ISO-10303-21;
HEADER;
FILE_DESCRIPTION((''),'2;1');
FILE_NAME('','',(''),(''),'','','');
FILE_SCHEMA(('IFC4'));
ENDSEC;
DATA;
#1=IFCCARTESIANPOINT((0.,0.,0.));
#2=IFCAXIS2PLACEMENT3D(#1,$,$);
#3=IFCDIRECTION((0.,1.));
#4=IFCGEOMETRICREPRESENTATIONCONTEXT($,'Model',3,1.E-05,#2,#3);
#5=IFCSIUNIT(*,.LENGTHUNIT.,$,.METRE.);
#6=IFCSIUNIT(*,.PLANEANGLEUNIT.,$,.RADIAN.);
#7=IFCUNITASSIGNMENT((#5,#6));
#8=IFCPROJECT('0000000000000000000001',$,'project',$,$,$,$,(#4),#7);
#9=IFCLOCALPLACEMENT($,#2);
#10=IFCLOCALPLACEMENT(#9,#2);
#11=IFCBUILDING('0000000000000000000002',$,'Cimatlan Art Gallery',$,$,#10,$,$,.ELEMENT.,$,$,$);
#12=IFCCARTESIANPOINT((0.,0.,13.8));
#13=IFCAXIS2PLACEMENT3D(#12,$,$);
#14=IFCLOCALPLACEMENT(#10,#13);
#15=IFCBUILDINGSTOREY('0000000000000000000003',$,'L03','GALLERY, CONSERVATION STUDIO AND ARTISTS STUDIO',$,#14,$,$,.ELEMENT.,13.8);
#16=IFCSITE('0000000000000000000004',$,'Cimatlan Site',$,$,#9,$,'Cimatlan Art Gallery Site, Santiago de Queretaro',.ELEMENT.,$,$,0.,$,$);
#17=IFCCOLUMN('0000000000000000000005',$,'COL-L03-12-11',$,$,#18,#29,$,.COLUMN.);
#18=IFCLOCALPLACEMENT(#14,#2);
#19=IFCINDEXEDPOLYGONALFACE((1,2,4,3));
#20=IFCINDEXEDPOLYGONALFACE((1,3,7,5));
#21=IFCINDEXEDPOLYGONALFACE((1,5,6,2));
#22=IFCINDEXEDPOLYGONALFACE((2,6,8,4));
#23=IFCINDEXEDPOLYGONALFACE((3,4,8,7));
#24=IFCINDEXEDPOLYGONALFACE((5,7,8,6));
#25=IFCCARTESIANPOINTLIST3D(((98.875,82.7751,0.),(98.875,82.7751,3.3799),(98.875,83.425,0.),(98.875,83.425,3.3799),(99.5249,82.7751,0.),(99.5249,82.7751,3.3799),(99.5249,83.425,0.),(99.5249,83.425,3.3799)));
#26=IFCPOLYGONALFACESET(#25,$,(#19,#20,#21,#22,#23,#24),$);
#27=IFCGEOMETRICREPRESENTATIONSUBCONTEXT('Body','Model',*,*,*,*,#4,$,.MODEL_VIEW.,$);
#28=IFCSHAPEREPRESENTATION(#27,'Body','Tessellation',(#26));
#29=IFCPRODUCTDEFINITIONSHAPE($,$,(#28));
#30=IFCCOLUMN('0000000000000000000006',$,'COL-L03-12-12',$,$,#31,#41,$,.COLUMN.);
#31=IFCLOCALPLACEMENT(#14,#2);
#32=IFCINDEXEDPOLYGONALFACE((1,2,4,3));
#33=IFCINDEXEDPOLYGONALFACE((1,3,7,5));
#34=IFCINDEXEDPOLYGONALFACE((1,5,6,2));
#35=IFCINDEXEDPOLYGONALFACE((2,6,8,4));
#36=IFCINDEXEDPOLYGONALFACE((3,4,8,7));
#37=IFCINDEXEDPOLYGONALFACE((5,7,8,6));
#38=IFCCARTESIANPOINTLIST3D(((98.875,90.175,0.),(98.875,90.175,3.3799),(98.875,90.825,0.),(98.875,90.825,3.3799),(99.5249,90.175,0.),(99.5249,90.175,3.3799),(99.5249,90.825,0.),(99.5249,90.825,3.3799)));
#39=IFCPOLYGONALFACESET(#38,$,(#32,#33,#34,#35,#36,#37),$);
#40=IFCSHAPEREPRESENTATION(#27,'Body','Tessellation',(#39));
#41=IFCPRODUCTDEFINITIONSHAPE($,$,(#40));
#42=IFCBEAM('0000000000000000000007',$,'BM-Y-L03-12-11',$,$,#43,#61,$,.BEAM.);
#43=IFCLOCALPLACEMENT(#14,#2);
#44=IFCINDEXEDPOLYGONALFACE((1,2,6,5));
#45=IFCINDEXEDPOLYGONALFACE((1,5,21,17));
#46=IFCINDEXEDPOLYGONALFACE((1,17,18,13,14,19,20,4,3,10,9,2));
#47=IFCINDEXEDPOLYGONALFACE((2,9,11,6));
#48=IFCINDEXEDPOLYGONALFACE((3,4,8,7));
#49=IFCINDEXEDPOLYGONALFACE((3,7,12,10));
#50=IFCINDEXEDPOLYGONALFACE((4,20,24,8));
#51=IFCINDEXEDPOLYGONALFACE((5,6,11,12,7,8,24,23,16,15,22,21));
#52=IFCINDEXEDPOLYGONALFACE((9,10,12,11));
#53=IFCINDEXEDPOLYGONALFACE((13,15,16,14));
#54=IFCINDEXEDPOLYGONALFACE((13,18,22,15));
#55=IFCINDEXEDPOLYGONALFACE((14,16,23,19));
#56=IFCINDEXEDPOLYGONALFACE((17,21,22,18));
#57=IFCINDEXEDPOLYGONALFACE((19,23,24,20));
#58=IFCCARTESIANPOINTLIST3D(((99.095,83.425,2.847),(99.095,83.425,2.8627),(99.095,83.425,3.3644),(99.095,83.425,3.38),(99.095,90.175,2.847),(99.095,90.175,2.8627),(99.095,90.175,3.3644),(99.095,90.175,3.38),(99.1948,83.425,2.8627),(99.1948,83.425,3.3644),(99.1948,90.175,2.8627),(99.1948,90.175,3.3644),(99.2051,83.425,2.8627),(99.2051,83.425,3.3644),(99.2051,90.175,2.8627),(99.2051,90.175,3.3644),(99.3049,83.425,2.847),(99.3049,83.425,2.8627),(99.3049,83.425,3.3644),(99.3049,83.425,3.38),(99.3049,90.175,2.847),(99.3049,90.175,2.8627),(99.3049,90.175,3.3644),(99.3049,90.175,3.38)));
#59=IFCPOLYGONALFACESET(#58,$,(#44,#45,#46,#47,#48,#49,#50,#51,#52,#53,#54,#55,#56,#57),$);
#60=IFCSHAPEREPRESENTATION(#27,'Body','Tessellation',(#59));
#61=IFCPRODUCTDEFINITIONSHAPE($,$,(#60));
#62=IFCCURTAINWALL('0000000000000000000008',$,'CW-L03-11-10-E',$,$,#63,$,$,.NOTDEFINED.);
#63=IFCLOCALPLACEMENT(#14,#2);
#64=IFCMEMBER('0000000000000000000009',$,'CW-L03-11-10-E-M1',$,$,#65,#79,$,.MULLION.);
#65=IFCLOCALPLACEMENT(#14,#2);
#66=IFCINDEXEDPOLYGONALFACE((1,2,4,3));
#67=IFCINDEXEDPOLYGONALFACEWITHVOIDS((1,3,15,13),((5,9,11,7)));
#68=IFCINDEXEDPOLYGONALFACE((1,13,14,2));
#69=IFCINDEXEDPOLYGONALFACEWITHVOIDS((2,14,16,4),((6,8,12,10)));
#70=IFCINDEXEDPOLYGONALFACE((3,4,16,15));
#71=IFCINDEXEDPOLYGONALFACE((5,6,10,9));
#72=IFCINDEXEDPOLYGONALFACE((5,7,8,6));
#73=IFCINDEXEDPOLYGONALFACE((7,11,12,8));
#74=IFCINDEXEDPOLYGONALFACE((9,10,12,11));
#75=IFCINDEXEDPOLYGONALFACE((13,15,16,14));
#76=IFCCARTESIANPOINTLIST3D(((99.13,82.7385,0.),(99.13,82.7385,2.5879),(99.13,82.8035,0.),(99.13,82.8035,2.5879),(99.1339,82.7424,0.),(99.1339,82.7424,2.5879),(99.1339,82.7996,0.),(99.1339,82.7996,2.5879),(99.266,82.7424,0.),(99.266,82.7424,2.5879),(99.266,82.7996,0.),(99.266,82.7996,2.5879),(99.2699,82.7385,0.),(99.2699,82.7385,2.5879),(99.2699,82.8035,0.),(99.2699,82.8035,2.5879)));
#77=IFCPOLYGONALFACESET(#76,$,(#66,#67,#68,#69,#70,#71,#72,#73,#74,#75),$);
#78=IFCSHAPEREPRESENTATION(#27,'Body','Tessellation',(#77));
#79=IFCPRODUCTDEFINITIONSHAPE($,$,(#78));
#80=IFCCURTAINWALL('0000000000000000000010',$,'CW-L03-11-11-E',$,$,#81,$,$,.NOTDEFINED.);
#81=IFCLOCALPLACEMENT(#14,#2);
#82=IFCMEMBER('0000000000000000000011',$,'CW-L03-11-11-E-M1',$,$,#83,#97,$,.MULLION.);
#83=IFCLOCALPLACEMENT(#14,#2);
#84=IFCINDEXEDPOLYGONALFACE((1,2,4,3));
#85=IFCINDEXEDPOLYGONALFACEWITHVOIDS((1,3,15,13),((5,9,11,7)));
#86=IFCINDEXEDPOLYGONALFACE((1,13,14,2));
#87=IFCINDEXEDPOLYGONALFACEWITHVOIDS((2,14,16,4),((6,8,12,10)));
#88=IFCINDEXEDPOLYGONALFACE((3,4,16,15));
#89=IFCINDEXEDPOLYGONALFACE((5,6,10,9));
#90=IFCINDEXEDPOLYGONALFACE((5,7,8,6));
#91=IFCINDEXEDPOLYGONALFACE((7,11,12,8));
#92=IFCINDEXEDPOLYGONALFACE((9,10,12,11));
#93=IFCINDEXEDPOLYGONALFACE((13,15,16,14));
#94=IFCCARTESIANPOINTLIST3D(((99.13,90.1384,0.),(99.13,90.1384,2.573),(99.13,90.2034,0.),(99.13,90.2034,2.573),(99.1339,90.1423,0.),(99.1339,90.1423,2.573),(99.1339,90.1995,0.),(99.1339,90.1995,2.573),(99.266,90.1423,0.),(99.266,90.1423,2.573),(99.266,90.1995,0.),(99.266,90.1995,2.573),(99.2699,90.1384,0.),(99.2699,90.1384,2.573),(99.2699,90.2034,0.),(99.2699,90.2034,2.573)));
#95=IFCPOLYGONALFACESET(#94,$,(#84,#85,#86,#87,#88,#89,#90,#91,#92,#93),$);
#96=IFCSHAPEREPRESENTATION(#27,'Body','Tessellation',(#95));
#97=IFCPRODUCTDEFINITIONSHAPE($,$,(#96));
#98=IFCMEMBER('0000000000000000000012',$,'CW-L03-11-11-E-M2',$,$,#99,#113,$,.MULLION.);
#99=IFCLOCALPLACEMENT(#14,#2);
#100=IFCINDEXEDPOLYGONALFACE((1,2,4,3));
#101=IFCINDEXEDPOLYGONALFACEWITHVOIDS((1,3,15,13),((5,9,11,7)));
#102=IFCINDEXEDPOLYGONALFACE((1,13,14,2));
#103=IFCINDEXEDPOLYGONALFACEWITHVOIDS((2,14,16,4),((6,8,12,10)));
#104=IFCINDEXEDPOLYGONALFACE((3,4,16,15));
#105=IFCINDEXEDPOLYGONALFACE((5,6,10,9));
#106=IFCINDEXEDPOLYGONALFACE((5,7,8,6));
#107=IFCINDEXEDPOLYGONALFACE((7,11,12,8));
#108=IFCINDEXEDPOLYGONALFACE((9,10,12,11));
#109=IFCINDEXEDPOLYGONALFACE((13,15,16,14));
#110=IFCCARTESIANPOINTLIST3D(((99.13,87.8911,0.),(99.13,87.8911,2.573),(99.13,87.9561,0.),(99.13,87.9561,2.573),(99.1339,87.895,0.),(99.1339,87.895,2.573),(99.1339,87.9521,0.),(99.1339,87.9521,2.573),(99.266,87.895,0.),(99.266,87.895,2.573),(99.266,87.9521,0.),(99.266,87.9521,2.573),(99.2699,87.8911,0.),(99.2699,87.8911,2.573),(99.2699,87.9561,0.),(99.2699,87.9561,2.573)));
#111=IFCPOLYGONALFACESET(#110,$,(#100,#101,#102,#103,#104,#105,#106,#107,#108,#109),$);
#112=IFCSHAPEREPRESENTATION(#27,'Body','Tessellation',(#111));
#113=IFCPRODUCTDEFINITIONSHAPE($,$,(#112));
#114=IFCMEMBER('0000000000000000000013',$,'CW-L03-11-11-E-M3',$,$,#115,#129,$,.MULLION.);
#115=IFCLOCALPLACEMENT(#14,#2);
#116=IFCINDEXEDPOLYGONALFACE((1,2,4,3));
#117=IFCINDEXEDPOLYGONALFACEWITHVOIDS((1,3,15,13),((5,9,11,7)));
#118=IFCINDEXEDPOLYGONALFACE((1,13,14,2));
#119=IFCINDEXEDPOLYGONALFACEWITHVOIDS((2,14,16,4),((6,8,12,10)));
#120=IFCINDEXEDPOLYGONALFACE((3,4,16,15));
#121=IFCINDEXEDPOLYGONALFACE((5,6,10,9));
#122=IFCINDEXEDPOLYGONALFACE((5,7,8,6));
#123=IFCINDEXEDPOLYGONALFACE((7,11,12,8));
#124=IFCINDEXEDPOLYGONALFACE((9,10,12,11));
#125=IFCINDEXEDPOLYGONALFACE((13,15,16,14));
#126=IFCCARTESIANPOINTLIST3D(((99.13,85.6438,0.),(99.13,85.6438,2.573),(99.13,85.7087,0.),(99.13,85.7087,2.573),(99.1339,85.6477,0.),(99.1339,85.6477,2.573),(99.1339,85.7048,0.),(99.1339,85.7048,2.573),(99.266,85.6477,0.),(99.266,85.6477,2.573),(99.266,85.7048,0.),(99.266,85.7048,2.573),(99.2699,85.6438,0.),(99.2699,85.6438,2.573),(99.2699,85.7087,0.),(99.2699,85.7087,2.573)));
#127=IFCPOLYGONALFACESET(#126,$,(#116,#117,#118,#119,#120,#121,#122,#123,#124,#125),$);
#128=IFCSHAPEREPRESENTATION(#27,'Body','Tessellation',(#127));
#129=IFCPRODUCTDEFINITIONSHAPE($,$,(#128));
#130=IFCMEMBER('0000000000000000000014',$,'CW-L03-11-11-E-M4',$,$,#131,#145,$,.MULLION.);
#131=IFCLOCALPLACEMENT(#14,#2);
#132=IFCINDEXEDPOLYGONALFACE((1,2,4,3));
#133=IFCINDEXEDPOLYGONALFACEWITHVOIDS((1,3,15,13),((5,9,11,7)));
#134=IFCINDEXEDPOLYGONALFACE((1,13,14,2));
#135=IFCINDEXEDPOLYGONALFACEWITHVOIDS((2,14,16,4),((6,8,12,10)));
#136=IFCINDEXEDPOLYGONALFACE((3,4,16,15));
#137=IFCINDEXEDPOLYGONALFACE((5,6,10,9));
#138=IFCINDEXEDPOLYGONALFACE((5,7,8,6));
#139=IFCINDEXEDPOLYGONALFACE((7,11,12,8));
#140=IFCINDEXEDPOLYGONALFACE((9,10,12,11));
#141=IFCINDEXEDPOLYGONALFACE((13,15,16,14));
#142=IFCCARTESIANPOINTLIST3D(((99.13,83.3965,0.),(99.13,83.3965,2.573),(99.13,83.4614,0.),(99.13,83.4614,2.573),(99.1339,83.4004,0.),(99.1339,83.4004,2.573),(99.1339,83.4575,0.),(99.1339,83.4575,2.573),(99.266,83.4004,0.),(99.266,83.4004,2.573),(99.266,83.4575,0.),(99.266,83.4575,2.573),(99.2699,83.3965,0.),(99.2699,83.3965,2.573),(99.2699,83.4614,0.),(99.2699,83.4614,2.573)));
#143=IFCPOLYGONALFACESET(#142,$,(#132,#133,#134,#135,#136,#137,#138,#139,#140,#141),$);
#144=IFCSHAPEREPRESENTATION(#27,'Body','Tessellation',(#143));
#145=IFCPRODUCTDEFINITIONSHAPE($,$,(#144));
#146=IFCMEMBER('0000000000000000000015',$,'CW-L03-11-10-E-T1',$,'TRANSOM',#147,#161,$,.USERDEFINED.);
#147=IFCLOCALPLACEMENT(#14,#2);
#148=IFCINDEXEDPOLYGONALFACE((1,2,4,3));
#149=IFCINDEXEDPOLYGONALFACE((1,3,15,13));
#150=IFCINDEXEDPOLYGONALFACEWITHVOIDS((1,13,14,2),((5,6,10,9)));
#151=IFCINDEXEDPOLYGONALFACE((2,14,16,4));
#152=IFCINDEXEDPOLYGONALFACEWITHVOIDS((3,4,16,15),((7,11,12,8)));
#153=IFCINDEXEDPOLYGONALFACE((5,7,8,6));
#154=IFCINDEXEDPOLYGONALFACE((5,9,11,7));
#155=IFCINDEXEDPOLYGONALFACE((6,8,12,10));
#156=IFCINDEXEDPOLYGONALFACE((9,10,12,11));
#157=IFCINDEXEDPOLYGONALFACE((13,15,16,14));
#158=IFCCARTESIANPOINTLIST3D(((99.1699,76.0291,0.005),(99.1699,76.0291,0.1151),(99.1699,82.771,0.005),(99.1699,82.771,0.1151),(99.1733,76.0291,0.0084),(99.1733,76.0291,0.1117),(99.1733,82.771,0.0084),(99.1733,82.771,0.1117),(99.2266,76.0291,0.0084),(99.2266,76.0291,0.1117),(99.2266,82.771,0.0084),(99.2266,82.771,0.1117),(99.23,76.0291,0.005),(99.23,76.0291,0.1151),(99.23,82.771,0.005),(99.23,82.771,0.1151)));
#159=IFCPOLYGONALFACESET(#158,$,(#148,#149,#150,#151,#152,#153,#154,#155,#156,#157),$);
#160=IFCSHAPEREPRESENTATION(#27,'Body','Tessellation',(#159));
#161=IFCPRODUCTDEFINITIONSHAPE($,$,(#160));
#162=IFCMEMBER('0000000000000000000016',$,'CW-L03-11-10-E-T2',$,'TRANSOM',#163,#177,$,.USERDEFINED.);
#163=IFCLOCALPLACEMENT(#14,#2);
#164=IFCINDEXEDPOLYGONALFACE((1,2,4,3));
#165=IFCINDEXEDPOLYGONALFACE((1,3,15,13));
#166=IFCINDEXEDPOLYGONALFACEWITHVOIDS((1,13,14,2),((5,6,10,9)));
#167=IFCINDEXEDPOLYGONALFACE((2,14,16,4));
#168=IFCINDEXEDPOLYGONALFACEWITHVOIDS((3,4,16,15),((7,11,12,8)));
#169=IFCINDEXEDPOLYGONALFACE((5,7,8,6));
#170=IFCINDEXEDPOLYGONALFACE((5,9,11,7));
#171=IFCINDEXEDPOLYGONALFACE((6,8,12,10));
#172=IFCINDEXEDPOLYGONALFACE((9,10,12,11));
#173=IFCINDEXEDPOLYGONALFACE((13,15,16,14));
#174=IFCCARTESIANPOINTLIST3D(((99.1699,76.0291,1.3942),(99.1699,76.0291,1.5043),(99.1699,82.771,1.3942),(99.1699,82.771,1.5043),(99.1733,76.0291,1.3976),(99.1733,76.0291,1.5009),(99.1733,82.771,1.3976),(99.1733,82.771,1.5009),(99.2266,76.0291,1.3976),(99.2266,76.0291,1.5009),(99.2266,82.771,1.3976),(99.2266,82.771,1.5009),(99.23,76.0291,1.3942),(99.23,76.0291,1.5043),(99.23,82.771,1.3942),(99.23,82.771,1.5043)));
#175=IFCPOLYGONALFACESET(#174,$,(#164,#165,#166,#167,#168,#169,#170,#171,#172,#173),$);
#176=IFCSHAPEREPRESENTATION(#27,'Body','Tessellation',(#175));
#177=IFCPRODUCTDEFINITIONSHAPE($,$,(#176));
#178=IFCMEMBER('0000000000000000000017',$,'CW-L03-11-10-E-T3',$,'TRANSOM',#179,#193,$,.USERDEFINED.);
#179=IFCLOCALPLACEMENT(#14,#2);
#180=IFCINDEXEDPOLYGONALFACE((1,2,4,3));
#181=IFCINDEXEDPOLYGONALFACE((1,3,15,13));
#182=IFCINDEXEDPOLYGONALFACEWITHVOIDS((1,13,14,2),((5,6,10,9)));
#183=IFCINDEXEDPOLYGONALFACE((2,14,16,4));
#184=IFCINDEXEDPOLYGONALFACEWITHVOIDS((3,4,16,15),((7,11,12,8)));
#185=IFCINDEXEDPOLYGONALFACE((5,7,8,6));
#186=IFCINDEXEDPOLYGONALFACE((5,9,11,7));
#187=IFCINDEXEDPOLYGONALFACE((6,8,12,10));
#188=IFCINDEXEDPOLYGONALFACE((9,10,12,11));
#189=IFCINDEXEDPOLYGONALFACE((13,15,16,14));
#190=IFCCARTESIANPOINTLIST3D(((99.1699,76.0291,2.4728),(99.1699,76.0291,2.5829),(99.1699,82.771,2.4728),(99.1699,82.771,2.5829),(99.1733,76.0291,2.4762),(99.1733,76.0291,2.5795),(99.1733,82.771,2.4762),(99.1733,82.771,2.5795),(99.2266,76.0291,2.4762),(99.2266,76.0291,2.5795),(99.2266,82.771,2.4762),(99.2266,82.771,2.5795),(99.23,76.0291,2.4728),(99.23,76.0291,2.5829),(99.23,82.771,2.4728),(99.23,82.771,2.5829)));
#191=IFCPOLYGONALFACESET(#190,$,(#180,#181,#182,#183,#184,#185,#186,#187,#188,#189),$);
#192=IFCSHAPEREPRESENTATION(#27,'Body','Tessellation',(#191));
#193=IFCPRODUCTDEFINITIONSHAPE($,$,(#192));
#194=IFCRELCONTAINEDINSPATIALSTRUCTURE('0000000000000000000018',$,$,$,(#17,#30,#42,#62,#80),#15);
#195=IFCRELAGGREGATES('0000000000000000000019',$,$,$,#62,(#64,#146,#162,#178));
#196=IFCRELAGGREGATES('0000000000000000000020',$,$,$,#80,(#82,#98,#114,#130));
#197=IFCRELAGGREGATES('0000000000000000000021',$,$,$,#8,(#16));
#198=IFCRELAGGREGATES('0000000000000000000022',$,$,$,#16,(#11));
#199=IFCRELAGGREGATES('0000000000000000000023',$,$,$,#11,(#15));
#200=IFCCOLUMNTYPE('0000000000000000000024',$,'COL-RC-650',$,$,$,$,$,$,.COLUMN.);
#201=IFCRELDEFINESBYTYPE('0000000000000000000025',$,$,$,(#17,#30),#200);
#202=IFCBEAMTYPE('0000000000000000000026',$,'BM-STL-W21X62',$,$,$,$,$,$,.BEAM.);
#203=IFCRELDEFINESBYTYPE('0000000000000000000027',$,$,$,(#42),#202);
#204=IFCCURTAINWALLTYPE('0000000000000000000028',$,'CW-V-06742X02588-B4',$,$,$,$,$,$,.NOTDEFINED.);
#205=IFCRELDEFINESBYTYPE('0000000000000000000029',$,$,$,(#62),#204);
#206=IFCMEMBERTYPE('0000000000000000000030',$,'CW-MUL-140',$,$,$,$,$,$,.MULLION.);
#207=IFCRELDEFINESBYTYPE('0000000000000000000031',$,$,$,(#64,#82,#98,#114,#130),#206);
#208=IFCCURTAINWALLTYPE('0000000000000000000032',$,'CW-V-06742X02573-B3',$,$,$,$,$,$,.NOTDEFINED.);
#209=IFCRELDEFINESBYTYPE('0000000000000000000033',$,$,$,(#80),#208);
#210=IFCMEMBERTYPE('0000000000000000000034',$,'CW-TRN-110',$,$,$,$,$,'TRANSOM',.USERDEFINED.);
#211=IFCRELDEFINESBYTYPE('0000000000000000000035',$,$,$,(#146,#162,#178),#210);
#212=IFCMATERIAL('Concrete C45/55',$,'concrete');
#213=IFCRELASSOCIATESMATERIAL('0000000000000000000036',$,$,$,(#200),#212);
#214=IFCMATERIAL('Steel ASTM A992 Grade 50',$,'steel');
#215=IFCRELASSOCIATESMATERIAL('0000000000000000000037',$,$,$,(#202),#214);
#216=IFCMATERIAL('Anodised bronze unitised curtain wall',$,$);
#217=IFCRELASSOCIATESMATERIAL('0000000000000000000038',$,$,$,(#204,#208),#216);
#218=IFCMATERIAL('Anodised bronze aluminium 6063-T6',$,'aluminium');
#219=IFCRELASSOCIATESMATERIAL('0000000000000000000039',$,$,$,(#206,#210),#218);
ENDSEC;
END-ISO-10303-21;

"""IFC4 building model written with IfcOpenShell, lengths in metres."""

from ifc_helpers import new_model, si_unit, direction, frame, origin, origin_2d, place, context, subcontext, project, spatial, rectangle, hollow_rectangle, i_section, extrude, material, material_profile, profile_set, type_object, element, aggregate, save


model = new_model("IFC4")

# Units and contexts
model_context = context("Model", 3, precision=1e-05, world=origin(), true_north=direction((0.0, 1.0)))
body_context = subcontext(model_context, "Body", "Model", "MODEL_VIEW")
ifc_project = project(units=[si_unit("LENGTHUNIT", "METRE"), si_unit("PLANEANGLEUNIT", "RADIAN")], contexts=[model_context])

# Site, building, storey
site_placement = place(None, origin())
site = spatial("IfcSite", under=ifc_project, at=site_placement, Name="Cimatlan Site", LongName="Cimatlan Art Gallery Site, Santiago de Queretaro", CompositionType="ELEMENT", RefElevation=0.0)
building_placement = place(site_placement, origin())
building = spatial("IfcBuilding", under=site, at=building_placement, Name="Cimatlan Art Gallery", CompositionType="ELEMENT")
storey_placement = place(building_placement, frame((0.0, 0.0, 13.8)))
storey = spatial("IfcBuildingStorey", under=building, at=storey_placement, Name="L03", Description="GALLERY, CONSERVATION STUDIO AND ARTISTS STUDIO", CompositionType="ELEMENT", Elevation=13.8)

# Columns
ifc_material_1 = material(Name="Concrete C45/55", Category="concrete")
ifc_material_profile_1 = material_profile(ifc_material_1, rectangle(XDim=0.6499, YDim=0.6499, at=origin_2d()), Name="RC650X650")
ifc_profile_set_1 = profile_set([ifc_material_profile_1], Name="Concrete C45/55")
column_type = type_object("IfcColumnType", Name="COL-RC-650", PredefinedType="COLUMN", material=ifc_profile_set_1)
for number, where, z_axis, x_axis, name in (
    (1, (99.2, 83.1001, 0.0), (0.0, 0.0, 1.0), (1.0, 0.0, 0.0), "COL-L03-12-11"),
    (2, (99.2, 90.5, 0.0), (0.0, 0.0, 1.0), (1.0, 0.0, 0.0), "COL-L03-12-12"),
):
    element("IfcColumn", number, at=place(storey_placement, frame(where, z_axis=z_axis, x_axis=x_axis)), inside=storey, type_object=column_type, Name=name, PredefinedType="COLUMN", context=body_context, shape_type="SweptSolid", body=[
        extrude(rectangle(XDim=0.6499, YDim=0.6499, at=origin_2d()), origin(), (0.0, 0.0, 1.0), 3.3799),
    ])

# Beam
ifc_material_2 = material(Name="Steel ASTM A992 Grade 50", Category="steel")
ifc_material_profile_2 = material_profile(ifc_material_2, i_section(OverallWidth=0.21, OverallDepth=0.533, WebThickness=0.0103, FlangeThickness=0.0156, at=origin_2d()), Name="W21X62")
ifc_profile_set_2 = profile_set([ifc_material_profile_2], Name="Steel ASTM A992 Grade 50")
beam_type = type_object("IfcBeamType", Name="BM-STL-W21X62", PredefinedType="BEAM", material=ifc_profile_set_2)
beam_placement = place(storey_placement, frame((99.2, 83.425, 3.1135), z_axis=(0.0, 1.0, 0.0), x_axis=(-1.0, 0.0, 0.0)))
element("IfcBeam", 3, at=beam_placement, inside=storey, type_object=beam_type, Name="BM-Y-L03-12-11", PredefinedType="BEAM", context=body_context, shape_type="SweptSolid", body=[
    extrude(i_section(OverallWidth=0.21, OverallDepth=0.533, WebThickness=0.0103, FlangeThickness=0.0156, at=origin_2d()), origin(), (0.0, 0.0, 1.0), 6.75),
])

# Curtain wall, member
ifc_material_3 = material(Name="Anodised bronze unitised curtain wall")
curtain_wall_type_1 = type_object("IfcCurtainWallType", Name="CW-V-06742X02588-B4", PredefinedType="NOTDEFINED", material=ifc_material_3)
curtain_wall_1_placement = place(storey_placement, origin())
curtain_wall_1 = element("IfcCurtainWall", 4, at=curtain_wall_1_placement, inside=storey, type_object=curtain_wall_type_1, Name="CW-L03-11-10-E", PredefinedType="NOTDEFINED")
ifc_material_4 = material(Name="Anodised bronze aluminium 6063-T6", Category="aluminium")
ifc_material_profile_3 = material_profile(ifc_material_4, hollow_rectangle(XDim=0.0649, YDim=0.1399, WallThickness=0.0039, at=origin_2d()), Name="ALU65X140X4")
ifc_profile_set_3 = profile_set([ifc_material_profile_3], Name="Anodised bronze aluminium 6063-T6")
member_type_1 = type_object("IfcMemberType", Name="CW-MUL-140", PredefinedType="MULLION", material=ifc_profile_set_3)
member_1_placement = place(storey_placement, frame((99.2, 82.771, 0.0), z_axis=(0.0, 0.0, 1.0), x_axis=(0.0, 1.0, 0.0)))
member_1 = element("IfcMember", 5, at=member_1_placement, type_object=member_type_1, Name="CW-L03-11-10-E-M1", PredefinedType="MULLION", context=body_context, shape_type="SweptSolid", body=[
    extrude(hollow_rectangle(XDim=0.0649, YDim=0.1399, WallThickness=0.0039, at=origin_2d()), origin(), (0.0, 0.0, 1.0), 2.5879),
])

# Curtain wall, members
curtain_wall_type_2 = type_object("IfcCurtainWallType", Name="CW-V-06742X02573-B3", PredefinedType="NOTDEFINED", material=ifc_material_3)
curtain_wall_2_placement = place(storey_placement, origin())
curtain_wall_2 = element("IfcCurtainWall", 6, at=curtain_wall_2_placement, inside=storey, type_object=curtain_wall_type_2, Name="CW-L03-11-11-E", PredefinedType="NOTDEFINED")
member_2_placement = place(storey_placement, frame((99.2, 90.1709, 0.0), z_axis=(0.0, 0.0, 1.0), x_axis=(0.0, 1.0, 0.0)))
member_2 = element("IfcMember", 7, at=member_2_placement, type_object=member_type_1, Name="CW-L03-11-11-E-M1", PredefinedType="MULLION", context=body_context, shape_type="SweptSolid", body=[
    extrude(hollow_rectangle(XDim=0.0649, YDim=0.1399, WallThickness=0.0039, at=origin_2d()), origin(), (0.0, 0.0, 1.0), 2.573),
])
member_3_placement = place(storey_placement, frame((99.2, 87.9236, 0.0), z_axis=(0.0, 0.0, 1.0), x_axis=(0.0, 1.0, 0.0)))
member_3 = element("IfcMember", 8, at=member_3_placement, type_object=member_type_1, Name="CW-L03-11-11-E-M2", PredefinedType="MULLION", context=body_context, shape_type="SweptSolid", body=[
    extrude(hollow_rectangle(XDim=0.0649, YDim=0.1399, WallThickness=0.0039, at=origin_2d()), origin(), (0.0, 0.0, 1.0), 2.573),
])
member_4_placement = place(storey_placement, frame((99.2, 85.6763, 0.0), z_axis=(0.0, 0.0, 1.0), x_axis=(0.0, 1.0, 0.0)))
member_4 = element("IfcMember", 9, at=member_4_placement, type_object=member_type_1, Name="CW-L03-11-11-E-M3", PredefinedType="MULLION", context=body_context, shape_type="SweptSolid", body=[
    extrude(hollow_rectangle(XDim=0.0649, YDim=0.1399, WallThickness=0.0039, at=origin_2d()), origin(), (0.0, 0.0, 1.0), 2.573),
])
member_5_placement = place(storey_placement, frame((99.2, 83.429, 0.0), z_axis=(0.0, 0.0, 1.0), x_axis=(0.0, 1.0, 0.0)))
member_5 = element("IfcMember", 10, at=member_5_placement, type_object=member_type_1, Name="CW-L03-11-11-E-M4", PredefinedType="MULLION", context=body_context, shape_type="SweptSolid", body=[
    extrude(hollow_rectangle(XDim=0.0649, YDim=0.1399, WallThickness=0.0039, at=origin_2d()), origin(), (0.0, 0.0, 1.0), 2.573),
])

# Members
ifc_material_profile_4 = material_profile(ifc_material_4, hollow_rectangle(XDim=0.0601, YDim=0.1101, WallThickness=0.0034, at=origin_2d()), Name="ALU60X110X3")
ifc_profile_set_4 = profile_set([ifc_material_profile_4], Name="Anodised bronze aluminium 6063-T6")
member_type_2 = type_object("IfcMemberType", Name="CW-TRN-110", ElementType="TRANSOM", PredefinedType="USERDEFINED", material=ifc_profile_set_4)
member_6_placement = place(storey_placement, frame((99.2, 82.771, 0.0601), z_axis=(0.0, -1.0, 0.0), x_axis=(1.0, 0.0, 0.0)))
member_6 = element("IfcMember", 11, at=member_6_placement, type_object=member_type_2, Name="CW-L03-11-10-E-T1", ObjectType="TRANSOM", PredefinedType="USERDEFINED", context=body_context, shape_type="SweptSolid", body=[
    extrude(hollow_rectangle(XDim=0.0601, YDim=0.1101, WallThickness=0.0034, at=origin_2d()), origin(), (0.0, 0.0, 1.0), 6.7419),
])
member_7_placement = place(storey_placement, frame((99.2, 82.771, 1.4492), z_axis=(0.0, -1.0, 0.0), x_axis=(1.0, 0.0, 0.0)))
member_7 = element("IfcMember", 12, at=member_7_placement, type_object=member_type_2, Name="CW-L03-11-10-E-T2", ObjectType="TRANSOM", PredefinedType="USERDEFINED", context=body_context, shape_type="SweptSolid", body=[
    extrude(hollow_rectangle(XDim=0.0601, YDim=0.1101, WallThickness=0.0034, at=origin_2d()), origin(), (0.0, 0.0, 1.0), 6.7419),
])
member_8_placement = place(storey_placement, frame((99.2, 82.771, 2.5278), z_axis=(0.0, -1.0, 0.0), x_axis=(1.0, 0.0, 0.0)))
member_8 = element("IfcMember", 13, at=member_8_placement, type_object=member_type_2, Name="CW-L03-11-10-E-T3", ObjectType="TRANSOM", PredefinedType="USERDEFINED", context=body_context, shape_type="SweptSolid", body=[
    extrude(hollow_rectangle(XDim=0.0601, YDim=0.1101, WallThickness=0.0034, at=origin_2d()), origin(), (0.0, 0.0, 1.0), 6.7419),
])

aggregate(curtain_wall_1, [member_1, member_6, member_7, member_8])
aggregate(curtain_wall_2, [member_2, member_3, member_4, member_5])

save(model, "model.ifc")
